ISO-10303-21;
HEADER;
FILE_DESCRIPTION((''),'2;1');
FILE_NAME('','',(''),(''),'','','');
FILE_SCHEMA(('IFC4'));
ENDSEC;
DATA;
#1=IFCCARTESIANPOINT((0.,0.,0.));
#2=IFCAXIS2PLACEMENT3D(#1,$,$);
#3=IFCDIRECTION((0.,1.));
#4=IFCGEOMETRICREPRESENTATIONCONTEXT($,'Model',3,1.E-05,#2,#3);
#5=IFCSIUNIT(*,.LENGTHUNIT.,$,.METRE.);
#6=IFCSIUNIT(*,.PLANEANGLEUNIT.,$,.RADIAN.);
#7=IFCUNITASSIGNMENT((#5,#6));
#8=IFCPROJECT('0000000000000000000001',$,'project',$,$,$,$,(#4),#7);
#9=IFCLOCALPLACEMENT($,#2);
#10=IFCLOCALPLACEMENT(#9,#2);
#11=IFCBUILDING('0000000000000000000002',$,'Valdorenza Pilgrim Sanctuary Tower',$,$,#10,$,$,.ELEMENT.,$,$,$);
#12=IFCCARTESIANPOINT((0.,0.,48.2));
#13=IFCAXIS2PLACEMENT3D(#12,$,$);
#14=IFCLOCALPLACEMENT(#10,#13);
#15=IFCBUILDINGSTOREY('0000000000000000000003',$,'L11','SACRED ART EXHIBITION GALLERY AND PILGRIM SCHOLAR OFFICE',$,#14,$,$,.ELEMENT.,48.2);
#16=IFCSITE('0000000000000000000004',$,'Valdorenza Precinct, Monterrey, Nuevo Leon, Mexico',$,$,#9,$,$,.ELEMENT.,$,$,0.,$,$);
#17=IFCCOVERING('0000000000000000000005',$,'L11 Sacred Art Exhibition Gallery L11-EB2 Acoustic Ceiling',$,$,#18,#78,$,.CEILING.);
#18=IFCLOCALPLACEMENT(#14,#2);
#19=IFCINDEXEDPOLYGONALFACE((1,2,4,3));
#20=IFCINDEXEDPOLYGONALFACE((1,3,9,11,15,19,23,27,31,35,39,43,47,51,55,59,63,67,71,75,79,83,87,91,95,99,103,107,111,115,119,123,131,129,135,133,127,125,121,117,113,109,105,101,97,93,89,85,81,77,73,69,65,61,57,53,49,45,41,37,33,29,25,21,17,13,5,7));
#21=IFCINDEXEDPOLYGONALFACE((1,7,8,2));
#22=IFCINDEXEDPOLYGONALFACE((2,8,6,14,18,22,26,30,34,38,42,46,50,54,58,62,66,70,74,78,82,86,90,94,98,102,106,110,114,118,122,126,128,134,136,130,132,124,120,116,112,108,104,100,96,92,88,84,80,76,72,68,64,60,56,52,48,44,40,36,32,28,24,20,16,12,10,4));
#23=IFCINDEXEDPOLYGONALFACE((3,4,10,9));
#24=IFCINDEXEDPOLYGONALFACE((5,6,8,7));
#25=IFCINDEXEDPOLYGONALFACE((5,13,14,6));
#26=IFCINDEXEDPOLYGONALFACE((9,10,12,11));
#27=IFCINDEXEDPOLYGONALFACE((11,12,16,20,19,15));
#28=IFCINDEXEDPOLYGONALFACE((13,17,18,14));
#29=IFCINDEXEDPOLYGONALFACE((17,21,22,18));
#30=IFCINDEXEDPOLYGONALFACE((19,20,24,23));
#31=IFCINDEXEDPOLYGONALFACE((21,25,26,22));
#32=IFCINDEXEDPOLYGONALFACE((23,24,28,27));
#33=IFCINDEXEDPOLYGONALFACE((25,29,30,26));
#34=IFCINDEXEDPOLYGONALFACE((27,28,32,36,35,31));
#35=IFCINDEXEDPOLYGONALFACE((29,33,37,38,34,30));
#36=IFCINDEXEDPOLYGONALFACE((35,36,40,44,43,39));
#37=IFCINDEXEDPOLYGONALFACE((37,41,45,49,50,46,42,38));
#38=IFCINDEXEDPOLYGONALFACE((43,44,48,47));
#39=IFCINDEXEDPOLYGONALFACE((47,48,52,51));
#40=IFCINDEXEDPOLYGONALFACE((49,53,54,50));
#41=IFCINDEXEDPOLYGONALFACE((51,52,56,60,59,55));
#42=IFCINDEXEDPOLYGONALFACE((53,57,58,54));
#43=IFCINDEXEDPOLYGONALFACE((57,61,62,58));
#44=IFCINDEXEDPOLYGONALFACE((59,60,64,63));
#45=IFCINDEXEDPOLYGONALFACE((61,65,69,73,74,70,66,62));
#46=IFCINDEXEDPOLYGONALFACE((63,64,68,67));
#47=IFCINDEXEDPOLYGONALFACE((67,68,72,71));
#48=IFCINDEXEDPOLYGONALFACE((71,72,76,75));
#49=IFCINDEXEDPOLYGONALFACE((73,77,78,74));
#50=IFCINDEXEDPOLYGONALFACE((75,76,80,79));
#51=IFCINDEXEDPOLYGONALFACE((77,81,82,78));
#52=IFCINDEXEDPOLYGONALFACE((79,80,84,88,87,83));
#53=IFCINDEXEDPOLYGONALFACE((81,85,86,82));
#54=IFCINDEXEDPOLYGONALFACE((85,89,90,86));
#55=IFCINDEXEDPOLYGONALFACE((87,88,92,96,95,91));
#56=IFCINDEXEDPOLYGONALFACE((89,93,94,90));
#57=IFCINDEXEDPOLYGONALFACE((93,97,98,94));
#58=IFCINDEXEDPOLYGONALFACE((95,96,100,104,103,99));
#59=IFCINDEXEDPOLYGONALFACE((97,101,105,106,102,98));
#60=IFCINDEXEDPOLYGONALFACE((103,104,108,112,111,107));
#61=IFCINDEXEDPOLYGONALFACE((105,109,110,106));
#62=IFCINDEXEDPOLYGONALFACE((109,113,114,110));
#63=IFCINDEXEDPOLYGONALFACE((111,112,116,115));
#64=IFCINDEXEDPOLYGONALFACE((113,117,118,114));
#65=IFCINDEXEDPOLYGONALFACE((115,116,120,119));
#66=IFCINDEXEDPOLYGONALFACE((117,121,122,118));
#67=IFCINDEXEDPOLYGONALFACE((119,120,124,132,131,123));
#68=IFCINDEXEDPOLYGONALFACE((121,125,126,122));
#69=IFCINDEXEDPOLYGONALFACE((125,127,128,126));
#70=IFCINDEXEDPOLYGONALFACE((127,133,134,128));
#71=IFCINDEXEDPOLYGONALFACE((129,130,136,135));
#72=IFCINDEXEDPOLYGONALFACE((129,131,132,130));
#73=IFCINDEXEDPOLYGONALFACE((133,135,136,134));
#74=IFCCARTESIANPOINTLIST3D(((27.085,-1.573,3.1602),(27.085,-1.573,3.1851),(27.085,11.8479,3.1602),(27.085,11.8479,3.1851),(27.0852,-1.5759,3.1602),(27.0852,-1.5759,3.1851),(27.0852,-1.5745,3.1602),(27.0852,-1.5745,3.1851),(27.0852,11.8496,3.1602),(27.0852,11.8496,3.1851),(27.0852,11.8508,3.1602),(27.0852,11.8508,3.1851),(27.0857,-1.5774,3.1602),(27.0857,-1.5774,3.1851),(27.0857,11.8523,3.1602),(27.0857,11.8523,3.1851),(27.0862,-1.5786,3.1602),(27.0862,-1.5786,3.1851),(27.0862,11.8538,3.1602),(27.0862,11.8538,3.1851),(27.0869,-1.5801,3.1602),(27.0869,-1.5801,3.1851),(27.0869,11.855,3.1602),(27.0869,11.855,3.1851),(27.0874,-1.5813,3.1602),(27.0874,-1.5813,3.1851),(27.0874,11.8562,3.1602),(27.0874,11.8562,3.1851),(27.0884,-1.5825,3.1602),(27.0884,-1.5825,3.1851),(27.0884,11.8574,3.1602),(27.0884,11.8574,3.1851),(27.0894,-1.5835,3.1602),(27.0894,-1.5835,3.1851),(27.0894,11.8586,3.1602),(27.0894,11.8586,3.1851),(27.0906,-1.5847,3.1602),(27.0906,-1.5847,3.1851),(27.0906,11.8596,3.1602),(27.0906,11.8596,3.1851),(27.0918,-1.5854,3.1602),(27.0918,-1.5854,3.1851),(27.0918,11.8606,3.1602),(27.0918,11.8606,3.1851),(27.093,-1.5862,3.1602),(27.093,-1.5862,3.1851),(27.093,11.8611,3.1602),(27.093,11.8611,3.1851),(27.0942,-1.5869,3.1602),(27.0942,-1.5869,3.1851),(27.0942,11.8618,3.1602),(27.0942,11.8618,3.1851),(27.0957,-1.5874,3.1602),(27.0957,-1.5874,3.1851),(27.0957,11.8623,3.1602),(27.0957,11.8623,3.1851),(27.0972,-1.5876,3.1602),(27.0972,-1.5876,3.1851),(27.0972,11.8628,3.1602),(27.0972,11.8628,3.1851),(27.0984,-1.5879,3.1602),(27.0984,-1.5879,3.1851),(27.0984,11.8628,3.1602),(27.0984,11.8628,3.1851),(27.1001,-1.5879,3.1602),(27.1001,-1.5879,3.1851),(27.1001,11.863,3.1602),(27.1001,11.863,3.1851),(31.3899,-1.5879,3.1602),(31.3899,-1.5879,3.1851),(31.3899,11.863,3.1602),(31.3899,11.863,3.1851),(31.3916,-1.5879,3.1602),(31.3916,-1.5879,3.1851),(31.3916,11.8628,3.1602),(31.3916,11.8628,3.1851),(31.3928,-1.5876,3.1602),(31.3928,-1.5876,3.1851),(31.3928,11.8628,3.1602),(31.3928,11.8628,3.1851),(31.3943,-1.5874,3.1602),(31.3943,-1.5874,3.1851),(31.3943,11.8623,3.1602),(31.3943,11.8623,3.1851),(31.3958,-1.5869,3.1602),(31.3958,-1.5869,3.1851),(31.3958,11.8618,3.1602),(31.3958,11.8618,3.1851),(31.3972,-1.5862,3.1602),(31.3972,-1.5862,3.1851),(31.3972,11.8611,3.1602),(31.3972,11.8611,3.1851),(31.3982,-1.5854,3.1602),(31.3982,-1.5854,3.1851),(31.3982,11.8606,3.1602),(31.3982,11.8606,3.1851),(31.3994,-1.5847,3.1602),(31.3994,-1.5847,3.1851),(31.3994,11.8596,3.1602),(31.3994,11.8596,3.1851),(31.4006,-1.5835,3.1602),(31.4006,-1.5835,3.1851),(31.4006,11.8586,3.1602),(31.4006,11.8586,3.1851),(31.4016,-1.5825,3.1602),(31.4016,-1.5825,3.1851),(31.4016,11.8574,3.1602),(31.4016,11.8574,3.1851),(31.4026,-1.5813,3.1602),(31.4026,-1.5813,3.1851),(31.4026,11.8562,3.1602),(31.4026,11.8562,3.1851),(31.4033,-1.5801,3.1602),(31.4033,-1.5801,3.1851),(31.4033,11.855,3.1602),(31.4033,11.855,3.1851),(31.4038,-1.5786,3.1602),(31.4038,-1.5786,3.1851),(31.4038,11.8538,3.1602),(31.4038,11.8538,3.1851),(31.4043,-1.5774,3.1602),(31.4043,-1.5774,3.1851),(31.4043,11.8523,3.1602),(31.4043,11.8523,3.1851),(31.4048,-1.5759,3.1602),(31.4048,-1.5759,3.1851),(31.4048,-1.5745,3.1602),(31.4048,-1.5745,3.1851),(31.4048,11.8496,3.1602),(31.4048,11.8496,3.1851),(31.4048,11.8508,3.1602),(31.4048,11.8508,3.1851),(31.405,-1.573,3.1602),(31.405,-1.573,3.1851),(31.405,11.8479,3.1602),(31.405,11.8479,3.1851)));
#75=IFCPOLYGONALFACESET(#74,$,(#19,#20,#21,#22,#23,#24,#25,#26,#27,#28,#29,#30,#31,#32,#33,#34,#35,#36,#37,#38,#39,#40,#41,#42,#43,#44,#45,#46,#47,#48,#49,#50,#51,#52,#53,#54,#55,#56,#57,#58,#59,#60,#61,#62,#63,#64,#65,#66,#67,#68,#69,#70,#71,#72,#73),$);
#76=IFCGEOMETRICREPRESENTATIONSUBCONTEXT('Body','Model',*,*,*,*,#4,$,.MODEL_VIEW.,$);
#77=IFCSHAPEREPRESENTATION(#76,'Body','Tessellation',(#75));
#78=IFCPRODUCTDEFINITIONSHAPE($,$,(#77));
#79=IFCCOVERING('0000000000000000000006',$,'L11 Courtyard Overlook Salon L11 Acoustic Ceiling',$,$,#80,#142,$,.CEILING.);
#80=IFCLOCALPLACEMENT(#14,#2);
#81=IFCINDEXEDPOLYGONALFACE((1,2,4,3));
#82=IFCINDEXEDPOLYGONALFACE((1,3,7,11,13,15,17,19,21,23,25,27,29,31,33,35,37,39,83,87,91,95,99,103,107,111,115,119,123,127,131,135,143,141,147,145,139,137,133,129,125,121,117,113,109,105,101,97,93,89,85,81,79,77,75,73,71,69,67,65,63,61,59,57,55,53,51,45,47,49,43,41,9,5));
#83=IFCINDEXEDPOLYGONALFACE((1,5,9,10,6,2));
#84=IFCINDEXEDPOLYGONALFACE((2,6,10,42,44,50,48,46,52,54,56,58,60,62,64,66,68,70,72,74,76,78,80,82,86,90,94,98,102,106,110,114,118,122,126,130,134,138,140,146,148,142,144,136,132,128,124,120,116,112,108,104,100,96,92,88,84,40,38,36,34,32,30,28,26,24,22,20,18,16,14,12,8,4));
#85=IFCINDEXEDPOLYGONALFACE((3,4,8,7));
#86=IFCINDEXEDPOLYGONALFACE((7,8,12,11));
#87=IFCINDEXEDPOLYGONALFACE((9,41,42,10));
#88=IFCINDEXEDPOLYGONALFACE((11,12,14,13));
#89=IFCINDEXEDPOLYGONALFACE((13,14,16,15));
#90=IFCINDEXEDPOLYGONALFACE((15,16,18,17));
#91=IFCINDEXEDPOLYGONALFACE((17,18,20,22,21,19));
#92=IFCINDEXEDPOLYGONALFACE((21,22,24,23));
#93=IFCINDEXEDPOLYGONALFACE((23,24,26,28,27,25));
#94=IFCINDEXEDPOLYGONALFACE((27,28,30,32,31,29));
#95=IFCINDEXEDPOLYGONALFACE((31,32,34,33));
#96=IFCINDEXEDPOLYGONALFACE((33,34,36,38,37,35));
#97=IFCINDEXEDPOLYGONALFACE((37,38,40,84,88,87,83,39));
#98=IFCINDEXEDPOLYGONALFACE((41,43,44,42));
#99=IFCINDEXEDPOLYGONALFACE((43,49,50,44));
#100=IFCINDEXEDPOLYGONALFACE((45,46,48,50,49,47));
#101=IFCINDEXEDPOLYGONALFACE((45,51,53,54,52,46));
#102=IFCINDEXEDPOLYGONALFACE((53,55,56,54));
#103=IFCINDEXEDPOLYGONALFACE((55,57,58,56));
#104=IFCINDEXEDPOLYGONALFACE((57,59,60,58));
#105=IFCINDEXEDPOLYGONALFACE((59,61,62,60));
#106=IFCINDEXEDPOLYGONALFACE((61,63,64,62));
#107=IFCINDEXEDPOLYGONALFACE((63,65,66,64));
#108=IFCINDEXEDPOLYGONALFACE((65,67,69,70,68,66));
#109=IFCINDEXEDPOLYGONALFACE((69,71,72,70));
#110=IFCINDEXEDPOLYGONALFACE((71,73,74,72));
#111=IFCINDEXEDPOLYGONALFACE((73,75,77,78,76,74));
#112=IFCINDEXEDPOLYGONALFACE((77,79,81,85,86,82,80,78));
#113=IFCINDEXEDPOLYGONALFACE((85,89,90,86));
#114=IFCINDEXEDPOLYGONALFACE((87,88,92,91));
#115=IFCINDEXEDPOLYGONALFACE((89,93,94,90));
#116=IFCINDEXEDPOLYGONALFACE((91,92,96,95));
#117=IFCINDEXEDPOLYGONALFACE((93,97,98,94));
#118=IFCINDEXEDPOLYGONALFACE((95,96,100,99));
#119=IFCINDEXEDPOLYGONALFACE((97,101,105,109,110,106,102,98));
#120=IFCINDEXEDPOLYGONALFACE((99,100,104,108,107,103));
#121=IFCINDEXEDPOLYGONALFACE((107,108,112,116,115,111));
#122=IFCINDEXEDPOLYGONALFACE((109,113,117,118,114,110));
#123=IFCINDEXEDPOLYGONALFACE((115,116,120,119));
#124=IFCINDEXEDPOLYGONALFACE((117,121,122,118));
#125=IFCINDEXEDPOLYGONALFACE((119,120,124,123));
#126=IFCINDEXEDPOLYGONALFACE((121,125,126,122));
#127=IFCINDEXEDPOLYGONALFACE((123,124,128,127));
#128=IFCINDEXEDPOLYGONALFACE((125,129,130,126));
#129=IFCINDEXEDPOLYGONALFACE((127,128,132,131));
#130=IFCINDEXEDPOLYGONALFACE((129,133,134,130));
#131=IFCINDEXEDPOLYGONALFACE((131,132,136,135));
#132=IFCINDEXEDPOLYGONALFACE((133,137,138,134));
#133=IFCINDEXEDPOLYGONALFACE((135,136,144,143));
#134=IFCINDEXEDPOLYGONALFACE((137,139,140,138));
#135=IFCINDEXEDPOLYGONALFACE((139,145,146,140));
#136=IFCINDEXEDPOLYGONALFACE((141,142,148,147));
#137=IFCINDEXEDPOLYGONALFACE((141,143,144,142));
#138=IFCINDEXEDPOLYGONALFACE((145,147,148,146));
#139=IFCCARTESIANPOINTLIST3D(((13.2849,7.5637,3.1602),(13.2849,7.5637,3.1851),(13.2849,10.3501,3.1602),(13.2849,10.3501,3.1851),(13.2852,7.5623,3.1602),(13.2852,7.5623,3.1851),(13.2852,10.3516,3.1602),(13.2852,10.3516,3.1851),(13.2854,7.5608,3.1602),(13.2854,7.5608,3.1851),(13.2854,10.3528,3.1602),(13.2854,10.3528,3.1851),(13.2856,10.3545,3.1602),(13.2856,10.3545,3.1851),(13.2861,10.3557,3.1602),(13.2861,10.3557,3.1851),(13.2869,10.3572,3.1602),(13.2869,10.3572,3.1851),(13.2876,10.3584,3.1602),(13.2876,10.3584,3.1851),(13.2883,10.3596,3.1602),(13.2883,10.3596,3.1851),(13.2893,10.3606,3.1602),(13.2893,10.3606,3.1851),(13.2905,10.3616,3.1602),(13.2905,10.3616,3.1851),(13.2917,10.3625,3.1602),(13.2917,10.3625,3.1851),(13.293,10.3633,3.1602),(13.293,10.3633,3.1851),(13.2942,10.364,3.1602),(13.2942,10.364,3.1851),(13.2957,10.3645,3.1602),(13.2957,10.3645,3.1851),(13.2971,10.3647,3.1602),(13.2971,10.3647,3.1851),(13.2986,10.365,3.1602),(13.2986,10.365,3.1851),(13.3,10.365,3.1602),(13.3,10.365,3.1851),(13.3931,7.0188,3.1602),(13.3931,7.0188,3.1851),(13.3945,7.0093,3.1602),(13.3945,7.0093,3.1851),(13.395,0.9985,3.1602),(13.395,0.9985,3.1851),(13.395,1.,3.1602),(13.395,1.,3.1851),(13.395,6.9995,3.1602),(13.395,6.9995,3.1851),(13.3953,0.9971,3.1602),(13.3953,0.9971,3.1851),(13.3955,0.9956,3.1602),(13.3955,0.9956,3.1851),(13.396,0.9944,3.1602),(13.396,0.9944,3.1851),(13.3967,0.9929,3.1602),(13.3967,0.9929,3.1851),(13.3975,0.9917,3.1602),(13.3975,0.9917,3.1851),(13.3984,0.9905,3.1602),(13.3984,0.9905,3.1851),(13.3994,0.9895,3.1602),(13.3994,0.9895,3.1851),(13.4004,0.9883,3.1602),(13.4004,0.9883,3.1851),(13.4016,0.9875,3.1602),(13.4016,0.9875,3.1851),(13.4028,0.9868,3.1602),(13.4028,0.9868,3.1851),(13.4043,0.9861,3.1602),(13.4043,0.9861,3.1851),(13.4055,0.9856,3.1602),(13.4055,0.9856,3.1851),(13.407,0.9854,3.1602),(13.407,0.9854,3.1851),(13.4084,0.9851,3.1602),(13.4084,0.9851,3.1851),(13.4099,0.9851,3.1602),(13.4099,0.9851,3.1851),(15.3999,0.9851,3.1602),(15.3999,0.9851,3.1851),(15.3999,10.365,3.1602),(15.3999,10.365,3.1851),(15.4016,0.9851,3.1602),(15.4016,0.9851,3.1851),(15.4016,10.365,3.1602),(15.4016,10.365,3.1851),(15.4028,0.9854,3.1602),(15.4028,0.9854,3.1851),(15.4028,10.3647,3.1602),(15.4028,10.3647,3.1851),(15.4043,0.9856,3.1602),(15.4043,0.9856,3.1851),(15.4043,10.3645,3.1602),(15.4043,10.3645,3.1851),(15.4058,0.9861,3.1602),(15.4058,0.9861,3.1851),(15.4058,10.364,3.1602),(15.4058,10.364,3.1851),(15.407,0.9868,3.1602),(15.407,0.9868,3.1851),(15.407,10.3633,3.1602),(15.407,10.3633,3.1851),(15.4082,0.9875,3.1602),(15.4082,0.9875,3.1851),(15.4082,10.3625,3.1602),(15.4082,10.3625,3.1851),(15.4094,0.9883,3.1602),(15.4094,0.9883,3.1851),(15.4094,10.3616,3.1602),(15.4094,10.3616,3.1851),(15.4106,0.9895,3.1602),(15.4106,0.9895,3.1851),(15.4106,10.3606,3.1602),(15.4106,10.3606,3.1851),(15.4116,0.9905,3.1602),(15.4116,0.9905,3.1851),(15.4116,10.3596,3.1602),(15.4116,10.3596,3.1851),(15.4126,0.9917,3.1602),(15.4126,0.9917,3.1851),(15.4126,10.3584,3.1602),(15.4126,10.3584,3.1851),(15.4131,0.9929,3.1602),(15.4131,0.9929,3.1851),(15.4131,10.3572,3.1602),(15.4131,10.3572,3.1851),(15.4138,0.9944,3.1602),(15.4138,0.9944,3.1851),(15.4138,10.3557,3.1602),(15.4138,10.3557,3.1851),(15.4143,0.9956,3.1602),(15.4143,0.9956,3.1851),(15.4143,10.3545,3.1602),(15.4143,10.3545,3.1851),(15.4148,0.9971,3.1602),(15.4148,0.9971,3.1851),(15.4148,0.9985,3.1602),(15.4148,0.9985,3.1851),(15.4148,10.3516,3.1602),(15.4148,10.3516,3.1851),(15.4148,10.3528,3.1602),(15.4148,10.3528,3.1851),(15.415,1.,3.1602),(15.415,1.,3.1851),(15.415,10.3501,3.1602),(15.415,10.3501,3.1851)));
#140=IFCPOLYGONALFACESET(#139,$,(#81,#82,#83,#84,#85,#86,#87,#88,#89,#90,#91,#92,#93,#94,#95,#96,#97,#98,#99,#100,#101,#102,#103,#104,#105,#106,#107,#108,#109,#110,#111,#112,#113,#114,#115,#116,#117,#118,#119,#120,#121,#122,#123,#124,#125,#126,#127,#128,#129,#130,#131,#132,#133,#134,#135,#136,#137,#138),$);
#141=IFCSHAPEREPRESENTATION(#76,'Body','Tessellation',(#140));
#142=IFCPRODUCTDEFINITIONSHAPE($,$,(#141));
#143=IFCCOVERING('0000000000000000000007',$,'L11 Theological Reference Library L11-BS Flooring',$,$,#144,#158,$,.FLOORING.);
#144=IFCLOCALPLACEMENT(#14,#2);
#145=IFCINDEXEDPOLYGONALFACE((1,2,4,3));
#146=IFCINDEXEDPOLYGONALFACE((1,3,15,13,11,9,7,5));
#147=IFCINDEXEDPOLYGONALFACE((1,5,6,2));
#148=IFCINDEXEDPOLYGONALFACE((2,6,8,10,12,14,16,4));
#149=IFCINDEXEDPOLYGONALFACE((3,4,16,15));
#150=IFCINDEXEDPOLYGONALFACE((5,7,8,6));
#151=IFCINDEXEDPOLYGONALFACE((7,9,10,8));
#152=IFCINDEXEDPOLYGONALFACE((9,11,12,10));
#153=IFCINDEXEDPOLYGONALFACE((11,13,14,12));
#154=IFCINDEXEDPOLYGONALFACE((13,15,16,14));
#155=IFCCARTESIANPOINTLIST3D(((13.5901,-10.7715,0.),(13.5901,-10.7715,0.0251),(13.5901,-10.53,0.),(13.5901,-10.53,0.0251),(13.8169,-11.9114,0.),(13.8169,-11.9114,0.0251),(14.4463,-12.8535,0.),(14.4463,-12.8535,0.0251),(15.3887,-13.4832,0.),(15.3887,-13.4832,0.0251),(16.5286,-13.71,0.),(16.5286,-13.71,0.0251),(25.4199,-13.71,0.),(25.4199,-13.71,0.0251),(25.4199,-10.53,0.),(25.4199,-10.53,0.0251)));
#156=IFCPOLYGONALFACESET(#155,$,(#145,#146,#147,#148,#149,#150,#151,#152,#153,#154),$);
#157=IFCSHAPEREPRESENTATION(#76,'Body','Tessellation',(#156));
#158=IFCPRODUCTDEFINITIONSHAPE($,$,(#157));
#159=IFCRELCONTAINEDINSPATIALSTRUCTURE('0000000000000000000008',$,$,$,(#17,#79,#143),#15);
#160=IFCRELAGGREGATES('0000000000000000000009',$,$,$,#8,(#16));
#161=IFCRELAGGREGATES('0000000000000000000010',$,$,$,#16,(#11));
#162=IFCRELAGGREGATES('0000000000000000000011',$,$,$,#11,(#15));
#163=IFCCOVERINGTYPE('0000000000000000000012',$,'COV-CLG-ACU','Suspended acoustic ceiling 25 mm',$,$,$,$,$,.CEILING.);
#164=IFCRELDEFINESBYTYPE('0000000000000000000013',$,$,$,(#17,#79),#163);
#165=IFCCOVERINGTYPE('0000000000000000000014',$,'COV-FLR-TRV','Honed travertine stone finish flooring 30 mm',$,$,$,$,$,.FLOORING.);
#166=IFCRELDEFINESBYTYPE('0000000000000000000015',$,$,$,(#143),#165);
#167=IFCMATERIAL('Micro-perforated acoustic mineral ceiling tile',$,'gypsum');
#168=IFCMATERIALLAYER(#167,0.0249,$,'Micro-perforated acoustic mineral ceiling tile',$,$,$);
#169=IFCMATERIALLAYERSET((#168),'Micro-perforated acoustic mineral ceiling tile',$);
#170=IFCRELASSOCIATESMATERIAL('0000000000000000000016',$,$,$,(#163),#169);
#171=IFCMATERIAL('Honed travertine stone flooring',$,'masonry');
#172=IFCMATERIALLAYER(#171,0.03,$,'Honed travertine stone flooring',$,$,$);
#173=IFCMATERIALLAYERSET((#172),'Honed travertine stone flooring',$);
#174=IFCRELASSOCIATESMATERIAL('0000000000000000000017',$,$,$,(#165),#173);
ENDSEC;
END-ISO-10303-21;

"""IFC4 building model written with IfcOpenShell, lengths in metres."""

from ifc_helpers import new_model, si_unit, direction, frame, origin, place, context, subcontext, project, spatial, polyline, outline, extrude, material, layer, layer_set, type_object, element, save


model = new_model("IFC4")

# Units and contexts
model_context = context("Model", 3, precision=1e-05, world=origin(), true_north=direction((0.0, 1.0)))
body_context = subcontext(model_context, "Body", "Model", "MODEL_VIEW")
ifc_project = project(units=[si_unit("LENGTHUNIT", "METRE"), si_unit("PLANEANGLEUNIT", "RADIAN")], contexts=[model_context])

# Site, building, storey
site_placement = place(None, origin())
site = spatial("IfcSite", under=ifc_project, at=site_placement, Name="Valdorenza Precinct, Monterrey, Nuevo Leon, Mexico", CompositionType="ELEMENT", RefElevation=0.0)
building_placement = place(site_placement, origin())
building = spatial("IfcBuilding", under=site, at=building_placement, Name="Valdorenza Pilgrim Sanctuary Tower", CompositionType="ELEMENT")
storey_placement = place(building_placement, frame((0.0, 0.0, 48.2)))
storey = spatial("IfcBuildingStorey", under=building, at=storey_placement, Name="L11", Description="SACRED ART EXHIBITION GALLERY AND PILGRIM SCHOLAR OFFICE", CompositionType="ELEMENT", Elevation=48.2)

# Coverings
ifc_material_1 = material(Name="Micro-perforated acoustic mineral ceiling tile", Category="gypsum")
ifc_layer_1 = layer(ifc_material_1, 0.0249, Name="Micro-perforated acoustic mineral ceiling tile")
ifc_layer_set_1 = layer_set([ifc_layer_1], Name="Micro-perforated acoustic mineral ceiling tile")
covering_type_1 = type_object("IfcCoveringType", Name="COV-CLG-ACU", Description="Suspended acoustic ceiling 25 mm", PredefinedType="CEILING", material=ifc_layer_set_1)
covering_1_placement = place(storey_placement, frame((0.0, 0.0, 3.1602)))
element("IfcCovering", 1, at=covering_1_placement, inside=storey, type_object=covering_type_1, Name="L11 Sacred Art Exhibition Gallery L11-EB2 Acoustic Ceiling", PredefinedType="CEILING", context=body_context, shape_type="SweptSolid", body=[
    extrude(outline(polyline([(27.085, 11.8479), (27.0852, 11.8496), (27.0852, 11.8508), (27.0857, 11.8523), (27.0862, 11.8538), (27.0869, 11.855), (27.0874, 11.8562), (27.0884, 11.8574), (27.0894, 11.8586), (27.0906, 11.8596), (27.0918, 11.8606), (27.093, 11.8611), (27.0942, 11.8618), (27.0957, 11.8623), (27.0972, 11.8628), (27.0984, 11.8628), (27.1001, 11.863), (31.3899, 11.863), (31.3916, 11.8628), (31.3928, 11.8628), (31.3943, 11.8623), (31.3958, 11.8618), (31.3972, 11.8611), (31.3982, 11.8606), (31.3994, 11.8596), (31.4006, 11.8586), (31.4016, 11.8574), (31.4026, 11.8562), (31.4033, 11.855), (31.4038, 11.8538), (31.4043, 11.8523), (31.4048, 11.8508), (31.4048, 11.8496), (31.405, 11.8479), (31.405, -1.573), (31.4048, -1.5745), (31.4048, -1.5759), (31.4043, -1.5774), (31.4038, -1.5786), (31.4033, -1.5801), (31.4026, -1.5813), (31.4016, -1.5825), (31.4006, -1.5835), (31.3994, -1.5847), (31.3982, -1.5854), (31.3972, -1.5862), (31.3958, -1.5869), (31.3943, -1.5874), (31.3928, -1.5876), (31.3916, -1.5879), (31.3899, -1.5879), (27.1001, -1.5879), (27.0984, -1.5879), (27.0972, -1.5876), (27.0957, -1.5874), (27.0942, -1.5869), (27.093, -1.5862), (27.0918, -1.5854), (27.0906, -1.5847), (27.0894, -1.5835), (27.0884, -1.5825), (27.0874, -1.5813), (27.0869, -1.5801), (27.0862, -1.5786), (27.0857, -1.5774), (27.0852, -1.5759), (27.0852, -1.5745), (27.085, -1.573), (27.085, 11.8479)])), origin(), (0.0, 0.0, 1.0), 0.0249),
])
covering_2_placement = place(storey_placement, frame((0.0, 0.0, 3.1602)))
element("IfcCovering", 2, at=covering_2_placement, inside=storey, type_object=covering_type_1, Name="L11 Courtyard Overlook Salon L11 Acoustic Ceiling", PredefinedType="CEILING", context=body_context, shape_type="SweptSolid", body=[
    extrude(outline(polyline([(15.3999, 10.365), (15.4016, 10.365), (15.4028, 10.3647), (15.4043, 10.3645), (15.4058, 10.364), (15.407, 10.3633), (15.4082, 10.3625), (15.4094, 10.3616), (15.4106, 10.3606), (15.4116, 10.3596), (15.4126, 10.3584), (15.4131, 10.3572), (15.4138, 10.3557), (15.4143, 10.3545), (15.4148, 10.3528), (15.4148, 10.3516), (15.415, 10.3501), (15.415, 1.0), (15.4148, 0.9985), (15.4148, 0.9971), (15.4143, 0.9956), (15.4138, 0.9944), (15.4131, 0.9929), (15.4126, 0.9917), (15.4116, 0.9905), (15.4106, 0.9895), (15.4094, 0.9883), (15.4082, 0.9875), (15.407, 0.9868), (15.4058, 0.9861), (15.4043, 0.9856), (15.4028, 0.9854), (15.4016, 0.9851), (15.3999, 0.9851), (13.4099, 0.9851), (13.4084, 0.9851), (13.407, 0.9854), (13.4055, 0.9856), (13.4043, 0.9861), (13.4028, 0.9868), (13.4016, 0.9875), (13.4004, 0.9883), (13.3994, 0.9895), (13.3984, 0.9905), (13.3975, 0.9917), (13.3967, 0.9929), (13.396, 0.9944), (13.3955, 0.9956), (13.3953, 0.9971), (13.395, 0.9985), (13.395, 1.0), (13.395, 6.9995), (13.3945, 7.0093), (13.3931, 7.0188), (13.2854, 7.5608), (13.2852, 7.5623), (13.2849, 7.5637), (13.2849, 10.3501), (13.2852, 10.3516), (13.2854, 10.3528), (13.2856, 10.3545), (13.2861, 10.3557), (13.2869, 10.3572), (13.2876, 10.3584), (13.2883, 10.3596), (13.2893, 10.3606), (13.2905, 10.3616), (13.2917, 10.3625), (13.293, 10.3633), (13.2942, 10.364), (13.2957, 10.3645), (13.2971, 10.3647), (13.2986, 10.365), (13.3, 10.365), (15.3999, 10.365)])), origin(), (0.0, 0.0, 1.0), 0.0249),
])
ifc_material_2 = material(Name="Honed travertine stone flooring", Category="masonry")
ifc_layer_2 = layer(ifc_material_2, 0.03, Name="Honed travertine stone flooring")
ifc_layer_set_2 = layer_set([ifc_layer_2], Name="Honed travertine stone flooring")
covering_type_2 = type_object("IfcCoveringType", Name="COV-FLR-TRV", Description="Honed travertine stone finish flooring 30 mm", PredefinedType="FLOORING", material=ifc_layer_set_2)
covering_3_placement = place(storey_placement, origin())
element("IfcCovering", 3, at=covering_3_placement, inside=storey, type_object=covering_type_2, Name="L11 Theological Reference Library L11-BS Flooring", PredefinedType="FLOORING", context=body_context, shape_type="SweptSolid", body=[
    extrude(outline(polyline([(25.4199, -13.71), (16.5286, -13.71), (15.3887, -13.4832), (14.4463, -12.8535), (13.8169, -11.9114), (13.5901, -10.7715), (13.5901, -10.53), (25.4199, -10.53), (25.4199, -13.71)])), origin(), (0.0, 0.0, 1.0), 0.0251),
])

save(model, "model.ifc")
